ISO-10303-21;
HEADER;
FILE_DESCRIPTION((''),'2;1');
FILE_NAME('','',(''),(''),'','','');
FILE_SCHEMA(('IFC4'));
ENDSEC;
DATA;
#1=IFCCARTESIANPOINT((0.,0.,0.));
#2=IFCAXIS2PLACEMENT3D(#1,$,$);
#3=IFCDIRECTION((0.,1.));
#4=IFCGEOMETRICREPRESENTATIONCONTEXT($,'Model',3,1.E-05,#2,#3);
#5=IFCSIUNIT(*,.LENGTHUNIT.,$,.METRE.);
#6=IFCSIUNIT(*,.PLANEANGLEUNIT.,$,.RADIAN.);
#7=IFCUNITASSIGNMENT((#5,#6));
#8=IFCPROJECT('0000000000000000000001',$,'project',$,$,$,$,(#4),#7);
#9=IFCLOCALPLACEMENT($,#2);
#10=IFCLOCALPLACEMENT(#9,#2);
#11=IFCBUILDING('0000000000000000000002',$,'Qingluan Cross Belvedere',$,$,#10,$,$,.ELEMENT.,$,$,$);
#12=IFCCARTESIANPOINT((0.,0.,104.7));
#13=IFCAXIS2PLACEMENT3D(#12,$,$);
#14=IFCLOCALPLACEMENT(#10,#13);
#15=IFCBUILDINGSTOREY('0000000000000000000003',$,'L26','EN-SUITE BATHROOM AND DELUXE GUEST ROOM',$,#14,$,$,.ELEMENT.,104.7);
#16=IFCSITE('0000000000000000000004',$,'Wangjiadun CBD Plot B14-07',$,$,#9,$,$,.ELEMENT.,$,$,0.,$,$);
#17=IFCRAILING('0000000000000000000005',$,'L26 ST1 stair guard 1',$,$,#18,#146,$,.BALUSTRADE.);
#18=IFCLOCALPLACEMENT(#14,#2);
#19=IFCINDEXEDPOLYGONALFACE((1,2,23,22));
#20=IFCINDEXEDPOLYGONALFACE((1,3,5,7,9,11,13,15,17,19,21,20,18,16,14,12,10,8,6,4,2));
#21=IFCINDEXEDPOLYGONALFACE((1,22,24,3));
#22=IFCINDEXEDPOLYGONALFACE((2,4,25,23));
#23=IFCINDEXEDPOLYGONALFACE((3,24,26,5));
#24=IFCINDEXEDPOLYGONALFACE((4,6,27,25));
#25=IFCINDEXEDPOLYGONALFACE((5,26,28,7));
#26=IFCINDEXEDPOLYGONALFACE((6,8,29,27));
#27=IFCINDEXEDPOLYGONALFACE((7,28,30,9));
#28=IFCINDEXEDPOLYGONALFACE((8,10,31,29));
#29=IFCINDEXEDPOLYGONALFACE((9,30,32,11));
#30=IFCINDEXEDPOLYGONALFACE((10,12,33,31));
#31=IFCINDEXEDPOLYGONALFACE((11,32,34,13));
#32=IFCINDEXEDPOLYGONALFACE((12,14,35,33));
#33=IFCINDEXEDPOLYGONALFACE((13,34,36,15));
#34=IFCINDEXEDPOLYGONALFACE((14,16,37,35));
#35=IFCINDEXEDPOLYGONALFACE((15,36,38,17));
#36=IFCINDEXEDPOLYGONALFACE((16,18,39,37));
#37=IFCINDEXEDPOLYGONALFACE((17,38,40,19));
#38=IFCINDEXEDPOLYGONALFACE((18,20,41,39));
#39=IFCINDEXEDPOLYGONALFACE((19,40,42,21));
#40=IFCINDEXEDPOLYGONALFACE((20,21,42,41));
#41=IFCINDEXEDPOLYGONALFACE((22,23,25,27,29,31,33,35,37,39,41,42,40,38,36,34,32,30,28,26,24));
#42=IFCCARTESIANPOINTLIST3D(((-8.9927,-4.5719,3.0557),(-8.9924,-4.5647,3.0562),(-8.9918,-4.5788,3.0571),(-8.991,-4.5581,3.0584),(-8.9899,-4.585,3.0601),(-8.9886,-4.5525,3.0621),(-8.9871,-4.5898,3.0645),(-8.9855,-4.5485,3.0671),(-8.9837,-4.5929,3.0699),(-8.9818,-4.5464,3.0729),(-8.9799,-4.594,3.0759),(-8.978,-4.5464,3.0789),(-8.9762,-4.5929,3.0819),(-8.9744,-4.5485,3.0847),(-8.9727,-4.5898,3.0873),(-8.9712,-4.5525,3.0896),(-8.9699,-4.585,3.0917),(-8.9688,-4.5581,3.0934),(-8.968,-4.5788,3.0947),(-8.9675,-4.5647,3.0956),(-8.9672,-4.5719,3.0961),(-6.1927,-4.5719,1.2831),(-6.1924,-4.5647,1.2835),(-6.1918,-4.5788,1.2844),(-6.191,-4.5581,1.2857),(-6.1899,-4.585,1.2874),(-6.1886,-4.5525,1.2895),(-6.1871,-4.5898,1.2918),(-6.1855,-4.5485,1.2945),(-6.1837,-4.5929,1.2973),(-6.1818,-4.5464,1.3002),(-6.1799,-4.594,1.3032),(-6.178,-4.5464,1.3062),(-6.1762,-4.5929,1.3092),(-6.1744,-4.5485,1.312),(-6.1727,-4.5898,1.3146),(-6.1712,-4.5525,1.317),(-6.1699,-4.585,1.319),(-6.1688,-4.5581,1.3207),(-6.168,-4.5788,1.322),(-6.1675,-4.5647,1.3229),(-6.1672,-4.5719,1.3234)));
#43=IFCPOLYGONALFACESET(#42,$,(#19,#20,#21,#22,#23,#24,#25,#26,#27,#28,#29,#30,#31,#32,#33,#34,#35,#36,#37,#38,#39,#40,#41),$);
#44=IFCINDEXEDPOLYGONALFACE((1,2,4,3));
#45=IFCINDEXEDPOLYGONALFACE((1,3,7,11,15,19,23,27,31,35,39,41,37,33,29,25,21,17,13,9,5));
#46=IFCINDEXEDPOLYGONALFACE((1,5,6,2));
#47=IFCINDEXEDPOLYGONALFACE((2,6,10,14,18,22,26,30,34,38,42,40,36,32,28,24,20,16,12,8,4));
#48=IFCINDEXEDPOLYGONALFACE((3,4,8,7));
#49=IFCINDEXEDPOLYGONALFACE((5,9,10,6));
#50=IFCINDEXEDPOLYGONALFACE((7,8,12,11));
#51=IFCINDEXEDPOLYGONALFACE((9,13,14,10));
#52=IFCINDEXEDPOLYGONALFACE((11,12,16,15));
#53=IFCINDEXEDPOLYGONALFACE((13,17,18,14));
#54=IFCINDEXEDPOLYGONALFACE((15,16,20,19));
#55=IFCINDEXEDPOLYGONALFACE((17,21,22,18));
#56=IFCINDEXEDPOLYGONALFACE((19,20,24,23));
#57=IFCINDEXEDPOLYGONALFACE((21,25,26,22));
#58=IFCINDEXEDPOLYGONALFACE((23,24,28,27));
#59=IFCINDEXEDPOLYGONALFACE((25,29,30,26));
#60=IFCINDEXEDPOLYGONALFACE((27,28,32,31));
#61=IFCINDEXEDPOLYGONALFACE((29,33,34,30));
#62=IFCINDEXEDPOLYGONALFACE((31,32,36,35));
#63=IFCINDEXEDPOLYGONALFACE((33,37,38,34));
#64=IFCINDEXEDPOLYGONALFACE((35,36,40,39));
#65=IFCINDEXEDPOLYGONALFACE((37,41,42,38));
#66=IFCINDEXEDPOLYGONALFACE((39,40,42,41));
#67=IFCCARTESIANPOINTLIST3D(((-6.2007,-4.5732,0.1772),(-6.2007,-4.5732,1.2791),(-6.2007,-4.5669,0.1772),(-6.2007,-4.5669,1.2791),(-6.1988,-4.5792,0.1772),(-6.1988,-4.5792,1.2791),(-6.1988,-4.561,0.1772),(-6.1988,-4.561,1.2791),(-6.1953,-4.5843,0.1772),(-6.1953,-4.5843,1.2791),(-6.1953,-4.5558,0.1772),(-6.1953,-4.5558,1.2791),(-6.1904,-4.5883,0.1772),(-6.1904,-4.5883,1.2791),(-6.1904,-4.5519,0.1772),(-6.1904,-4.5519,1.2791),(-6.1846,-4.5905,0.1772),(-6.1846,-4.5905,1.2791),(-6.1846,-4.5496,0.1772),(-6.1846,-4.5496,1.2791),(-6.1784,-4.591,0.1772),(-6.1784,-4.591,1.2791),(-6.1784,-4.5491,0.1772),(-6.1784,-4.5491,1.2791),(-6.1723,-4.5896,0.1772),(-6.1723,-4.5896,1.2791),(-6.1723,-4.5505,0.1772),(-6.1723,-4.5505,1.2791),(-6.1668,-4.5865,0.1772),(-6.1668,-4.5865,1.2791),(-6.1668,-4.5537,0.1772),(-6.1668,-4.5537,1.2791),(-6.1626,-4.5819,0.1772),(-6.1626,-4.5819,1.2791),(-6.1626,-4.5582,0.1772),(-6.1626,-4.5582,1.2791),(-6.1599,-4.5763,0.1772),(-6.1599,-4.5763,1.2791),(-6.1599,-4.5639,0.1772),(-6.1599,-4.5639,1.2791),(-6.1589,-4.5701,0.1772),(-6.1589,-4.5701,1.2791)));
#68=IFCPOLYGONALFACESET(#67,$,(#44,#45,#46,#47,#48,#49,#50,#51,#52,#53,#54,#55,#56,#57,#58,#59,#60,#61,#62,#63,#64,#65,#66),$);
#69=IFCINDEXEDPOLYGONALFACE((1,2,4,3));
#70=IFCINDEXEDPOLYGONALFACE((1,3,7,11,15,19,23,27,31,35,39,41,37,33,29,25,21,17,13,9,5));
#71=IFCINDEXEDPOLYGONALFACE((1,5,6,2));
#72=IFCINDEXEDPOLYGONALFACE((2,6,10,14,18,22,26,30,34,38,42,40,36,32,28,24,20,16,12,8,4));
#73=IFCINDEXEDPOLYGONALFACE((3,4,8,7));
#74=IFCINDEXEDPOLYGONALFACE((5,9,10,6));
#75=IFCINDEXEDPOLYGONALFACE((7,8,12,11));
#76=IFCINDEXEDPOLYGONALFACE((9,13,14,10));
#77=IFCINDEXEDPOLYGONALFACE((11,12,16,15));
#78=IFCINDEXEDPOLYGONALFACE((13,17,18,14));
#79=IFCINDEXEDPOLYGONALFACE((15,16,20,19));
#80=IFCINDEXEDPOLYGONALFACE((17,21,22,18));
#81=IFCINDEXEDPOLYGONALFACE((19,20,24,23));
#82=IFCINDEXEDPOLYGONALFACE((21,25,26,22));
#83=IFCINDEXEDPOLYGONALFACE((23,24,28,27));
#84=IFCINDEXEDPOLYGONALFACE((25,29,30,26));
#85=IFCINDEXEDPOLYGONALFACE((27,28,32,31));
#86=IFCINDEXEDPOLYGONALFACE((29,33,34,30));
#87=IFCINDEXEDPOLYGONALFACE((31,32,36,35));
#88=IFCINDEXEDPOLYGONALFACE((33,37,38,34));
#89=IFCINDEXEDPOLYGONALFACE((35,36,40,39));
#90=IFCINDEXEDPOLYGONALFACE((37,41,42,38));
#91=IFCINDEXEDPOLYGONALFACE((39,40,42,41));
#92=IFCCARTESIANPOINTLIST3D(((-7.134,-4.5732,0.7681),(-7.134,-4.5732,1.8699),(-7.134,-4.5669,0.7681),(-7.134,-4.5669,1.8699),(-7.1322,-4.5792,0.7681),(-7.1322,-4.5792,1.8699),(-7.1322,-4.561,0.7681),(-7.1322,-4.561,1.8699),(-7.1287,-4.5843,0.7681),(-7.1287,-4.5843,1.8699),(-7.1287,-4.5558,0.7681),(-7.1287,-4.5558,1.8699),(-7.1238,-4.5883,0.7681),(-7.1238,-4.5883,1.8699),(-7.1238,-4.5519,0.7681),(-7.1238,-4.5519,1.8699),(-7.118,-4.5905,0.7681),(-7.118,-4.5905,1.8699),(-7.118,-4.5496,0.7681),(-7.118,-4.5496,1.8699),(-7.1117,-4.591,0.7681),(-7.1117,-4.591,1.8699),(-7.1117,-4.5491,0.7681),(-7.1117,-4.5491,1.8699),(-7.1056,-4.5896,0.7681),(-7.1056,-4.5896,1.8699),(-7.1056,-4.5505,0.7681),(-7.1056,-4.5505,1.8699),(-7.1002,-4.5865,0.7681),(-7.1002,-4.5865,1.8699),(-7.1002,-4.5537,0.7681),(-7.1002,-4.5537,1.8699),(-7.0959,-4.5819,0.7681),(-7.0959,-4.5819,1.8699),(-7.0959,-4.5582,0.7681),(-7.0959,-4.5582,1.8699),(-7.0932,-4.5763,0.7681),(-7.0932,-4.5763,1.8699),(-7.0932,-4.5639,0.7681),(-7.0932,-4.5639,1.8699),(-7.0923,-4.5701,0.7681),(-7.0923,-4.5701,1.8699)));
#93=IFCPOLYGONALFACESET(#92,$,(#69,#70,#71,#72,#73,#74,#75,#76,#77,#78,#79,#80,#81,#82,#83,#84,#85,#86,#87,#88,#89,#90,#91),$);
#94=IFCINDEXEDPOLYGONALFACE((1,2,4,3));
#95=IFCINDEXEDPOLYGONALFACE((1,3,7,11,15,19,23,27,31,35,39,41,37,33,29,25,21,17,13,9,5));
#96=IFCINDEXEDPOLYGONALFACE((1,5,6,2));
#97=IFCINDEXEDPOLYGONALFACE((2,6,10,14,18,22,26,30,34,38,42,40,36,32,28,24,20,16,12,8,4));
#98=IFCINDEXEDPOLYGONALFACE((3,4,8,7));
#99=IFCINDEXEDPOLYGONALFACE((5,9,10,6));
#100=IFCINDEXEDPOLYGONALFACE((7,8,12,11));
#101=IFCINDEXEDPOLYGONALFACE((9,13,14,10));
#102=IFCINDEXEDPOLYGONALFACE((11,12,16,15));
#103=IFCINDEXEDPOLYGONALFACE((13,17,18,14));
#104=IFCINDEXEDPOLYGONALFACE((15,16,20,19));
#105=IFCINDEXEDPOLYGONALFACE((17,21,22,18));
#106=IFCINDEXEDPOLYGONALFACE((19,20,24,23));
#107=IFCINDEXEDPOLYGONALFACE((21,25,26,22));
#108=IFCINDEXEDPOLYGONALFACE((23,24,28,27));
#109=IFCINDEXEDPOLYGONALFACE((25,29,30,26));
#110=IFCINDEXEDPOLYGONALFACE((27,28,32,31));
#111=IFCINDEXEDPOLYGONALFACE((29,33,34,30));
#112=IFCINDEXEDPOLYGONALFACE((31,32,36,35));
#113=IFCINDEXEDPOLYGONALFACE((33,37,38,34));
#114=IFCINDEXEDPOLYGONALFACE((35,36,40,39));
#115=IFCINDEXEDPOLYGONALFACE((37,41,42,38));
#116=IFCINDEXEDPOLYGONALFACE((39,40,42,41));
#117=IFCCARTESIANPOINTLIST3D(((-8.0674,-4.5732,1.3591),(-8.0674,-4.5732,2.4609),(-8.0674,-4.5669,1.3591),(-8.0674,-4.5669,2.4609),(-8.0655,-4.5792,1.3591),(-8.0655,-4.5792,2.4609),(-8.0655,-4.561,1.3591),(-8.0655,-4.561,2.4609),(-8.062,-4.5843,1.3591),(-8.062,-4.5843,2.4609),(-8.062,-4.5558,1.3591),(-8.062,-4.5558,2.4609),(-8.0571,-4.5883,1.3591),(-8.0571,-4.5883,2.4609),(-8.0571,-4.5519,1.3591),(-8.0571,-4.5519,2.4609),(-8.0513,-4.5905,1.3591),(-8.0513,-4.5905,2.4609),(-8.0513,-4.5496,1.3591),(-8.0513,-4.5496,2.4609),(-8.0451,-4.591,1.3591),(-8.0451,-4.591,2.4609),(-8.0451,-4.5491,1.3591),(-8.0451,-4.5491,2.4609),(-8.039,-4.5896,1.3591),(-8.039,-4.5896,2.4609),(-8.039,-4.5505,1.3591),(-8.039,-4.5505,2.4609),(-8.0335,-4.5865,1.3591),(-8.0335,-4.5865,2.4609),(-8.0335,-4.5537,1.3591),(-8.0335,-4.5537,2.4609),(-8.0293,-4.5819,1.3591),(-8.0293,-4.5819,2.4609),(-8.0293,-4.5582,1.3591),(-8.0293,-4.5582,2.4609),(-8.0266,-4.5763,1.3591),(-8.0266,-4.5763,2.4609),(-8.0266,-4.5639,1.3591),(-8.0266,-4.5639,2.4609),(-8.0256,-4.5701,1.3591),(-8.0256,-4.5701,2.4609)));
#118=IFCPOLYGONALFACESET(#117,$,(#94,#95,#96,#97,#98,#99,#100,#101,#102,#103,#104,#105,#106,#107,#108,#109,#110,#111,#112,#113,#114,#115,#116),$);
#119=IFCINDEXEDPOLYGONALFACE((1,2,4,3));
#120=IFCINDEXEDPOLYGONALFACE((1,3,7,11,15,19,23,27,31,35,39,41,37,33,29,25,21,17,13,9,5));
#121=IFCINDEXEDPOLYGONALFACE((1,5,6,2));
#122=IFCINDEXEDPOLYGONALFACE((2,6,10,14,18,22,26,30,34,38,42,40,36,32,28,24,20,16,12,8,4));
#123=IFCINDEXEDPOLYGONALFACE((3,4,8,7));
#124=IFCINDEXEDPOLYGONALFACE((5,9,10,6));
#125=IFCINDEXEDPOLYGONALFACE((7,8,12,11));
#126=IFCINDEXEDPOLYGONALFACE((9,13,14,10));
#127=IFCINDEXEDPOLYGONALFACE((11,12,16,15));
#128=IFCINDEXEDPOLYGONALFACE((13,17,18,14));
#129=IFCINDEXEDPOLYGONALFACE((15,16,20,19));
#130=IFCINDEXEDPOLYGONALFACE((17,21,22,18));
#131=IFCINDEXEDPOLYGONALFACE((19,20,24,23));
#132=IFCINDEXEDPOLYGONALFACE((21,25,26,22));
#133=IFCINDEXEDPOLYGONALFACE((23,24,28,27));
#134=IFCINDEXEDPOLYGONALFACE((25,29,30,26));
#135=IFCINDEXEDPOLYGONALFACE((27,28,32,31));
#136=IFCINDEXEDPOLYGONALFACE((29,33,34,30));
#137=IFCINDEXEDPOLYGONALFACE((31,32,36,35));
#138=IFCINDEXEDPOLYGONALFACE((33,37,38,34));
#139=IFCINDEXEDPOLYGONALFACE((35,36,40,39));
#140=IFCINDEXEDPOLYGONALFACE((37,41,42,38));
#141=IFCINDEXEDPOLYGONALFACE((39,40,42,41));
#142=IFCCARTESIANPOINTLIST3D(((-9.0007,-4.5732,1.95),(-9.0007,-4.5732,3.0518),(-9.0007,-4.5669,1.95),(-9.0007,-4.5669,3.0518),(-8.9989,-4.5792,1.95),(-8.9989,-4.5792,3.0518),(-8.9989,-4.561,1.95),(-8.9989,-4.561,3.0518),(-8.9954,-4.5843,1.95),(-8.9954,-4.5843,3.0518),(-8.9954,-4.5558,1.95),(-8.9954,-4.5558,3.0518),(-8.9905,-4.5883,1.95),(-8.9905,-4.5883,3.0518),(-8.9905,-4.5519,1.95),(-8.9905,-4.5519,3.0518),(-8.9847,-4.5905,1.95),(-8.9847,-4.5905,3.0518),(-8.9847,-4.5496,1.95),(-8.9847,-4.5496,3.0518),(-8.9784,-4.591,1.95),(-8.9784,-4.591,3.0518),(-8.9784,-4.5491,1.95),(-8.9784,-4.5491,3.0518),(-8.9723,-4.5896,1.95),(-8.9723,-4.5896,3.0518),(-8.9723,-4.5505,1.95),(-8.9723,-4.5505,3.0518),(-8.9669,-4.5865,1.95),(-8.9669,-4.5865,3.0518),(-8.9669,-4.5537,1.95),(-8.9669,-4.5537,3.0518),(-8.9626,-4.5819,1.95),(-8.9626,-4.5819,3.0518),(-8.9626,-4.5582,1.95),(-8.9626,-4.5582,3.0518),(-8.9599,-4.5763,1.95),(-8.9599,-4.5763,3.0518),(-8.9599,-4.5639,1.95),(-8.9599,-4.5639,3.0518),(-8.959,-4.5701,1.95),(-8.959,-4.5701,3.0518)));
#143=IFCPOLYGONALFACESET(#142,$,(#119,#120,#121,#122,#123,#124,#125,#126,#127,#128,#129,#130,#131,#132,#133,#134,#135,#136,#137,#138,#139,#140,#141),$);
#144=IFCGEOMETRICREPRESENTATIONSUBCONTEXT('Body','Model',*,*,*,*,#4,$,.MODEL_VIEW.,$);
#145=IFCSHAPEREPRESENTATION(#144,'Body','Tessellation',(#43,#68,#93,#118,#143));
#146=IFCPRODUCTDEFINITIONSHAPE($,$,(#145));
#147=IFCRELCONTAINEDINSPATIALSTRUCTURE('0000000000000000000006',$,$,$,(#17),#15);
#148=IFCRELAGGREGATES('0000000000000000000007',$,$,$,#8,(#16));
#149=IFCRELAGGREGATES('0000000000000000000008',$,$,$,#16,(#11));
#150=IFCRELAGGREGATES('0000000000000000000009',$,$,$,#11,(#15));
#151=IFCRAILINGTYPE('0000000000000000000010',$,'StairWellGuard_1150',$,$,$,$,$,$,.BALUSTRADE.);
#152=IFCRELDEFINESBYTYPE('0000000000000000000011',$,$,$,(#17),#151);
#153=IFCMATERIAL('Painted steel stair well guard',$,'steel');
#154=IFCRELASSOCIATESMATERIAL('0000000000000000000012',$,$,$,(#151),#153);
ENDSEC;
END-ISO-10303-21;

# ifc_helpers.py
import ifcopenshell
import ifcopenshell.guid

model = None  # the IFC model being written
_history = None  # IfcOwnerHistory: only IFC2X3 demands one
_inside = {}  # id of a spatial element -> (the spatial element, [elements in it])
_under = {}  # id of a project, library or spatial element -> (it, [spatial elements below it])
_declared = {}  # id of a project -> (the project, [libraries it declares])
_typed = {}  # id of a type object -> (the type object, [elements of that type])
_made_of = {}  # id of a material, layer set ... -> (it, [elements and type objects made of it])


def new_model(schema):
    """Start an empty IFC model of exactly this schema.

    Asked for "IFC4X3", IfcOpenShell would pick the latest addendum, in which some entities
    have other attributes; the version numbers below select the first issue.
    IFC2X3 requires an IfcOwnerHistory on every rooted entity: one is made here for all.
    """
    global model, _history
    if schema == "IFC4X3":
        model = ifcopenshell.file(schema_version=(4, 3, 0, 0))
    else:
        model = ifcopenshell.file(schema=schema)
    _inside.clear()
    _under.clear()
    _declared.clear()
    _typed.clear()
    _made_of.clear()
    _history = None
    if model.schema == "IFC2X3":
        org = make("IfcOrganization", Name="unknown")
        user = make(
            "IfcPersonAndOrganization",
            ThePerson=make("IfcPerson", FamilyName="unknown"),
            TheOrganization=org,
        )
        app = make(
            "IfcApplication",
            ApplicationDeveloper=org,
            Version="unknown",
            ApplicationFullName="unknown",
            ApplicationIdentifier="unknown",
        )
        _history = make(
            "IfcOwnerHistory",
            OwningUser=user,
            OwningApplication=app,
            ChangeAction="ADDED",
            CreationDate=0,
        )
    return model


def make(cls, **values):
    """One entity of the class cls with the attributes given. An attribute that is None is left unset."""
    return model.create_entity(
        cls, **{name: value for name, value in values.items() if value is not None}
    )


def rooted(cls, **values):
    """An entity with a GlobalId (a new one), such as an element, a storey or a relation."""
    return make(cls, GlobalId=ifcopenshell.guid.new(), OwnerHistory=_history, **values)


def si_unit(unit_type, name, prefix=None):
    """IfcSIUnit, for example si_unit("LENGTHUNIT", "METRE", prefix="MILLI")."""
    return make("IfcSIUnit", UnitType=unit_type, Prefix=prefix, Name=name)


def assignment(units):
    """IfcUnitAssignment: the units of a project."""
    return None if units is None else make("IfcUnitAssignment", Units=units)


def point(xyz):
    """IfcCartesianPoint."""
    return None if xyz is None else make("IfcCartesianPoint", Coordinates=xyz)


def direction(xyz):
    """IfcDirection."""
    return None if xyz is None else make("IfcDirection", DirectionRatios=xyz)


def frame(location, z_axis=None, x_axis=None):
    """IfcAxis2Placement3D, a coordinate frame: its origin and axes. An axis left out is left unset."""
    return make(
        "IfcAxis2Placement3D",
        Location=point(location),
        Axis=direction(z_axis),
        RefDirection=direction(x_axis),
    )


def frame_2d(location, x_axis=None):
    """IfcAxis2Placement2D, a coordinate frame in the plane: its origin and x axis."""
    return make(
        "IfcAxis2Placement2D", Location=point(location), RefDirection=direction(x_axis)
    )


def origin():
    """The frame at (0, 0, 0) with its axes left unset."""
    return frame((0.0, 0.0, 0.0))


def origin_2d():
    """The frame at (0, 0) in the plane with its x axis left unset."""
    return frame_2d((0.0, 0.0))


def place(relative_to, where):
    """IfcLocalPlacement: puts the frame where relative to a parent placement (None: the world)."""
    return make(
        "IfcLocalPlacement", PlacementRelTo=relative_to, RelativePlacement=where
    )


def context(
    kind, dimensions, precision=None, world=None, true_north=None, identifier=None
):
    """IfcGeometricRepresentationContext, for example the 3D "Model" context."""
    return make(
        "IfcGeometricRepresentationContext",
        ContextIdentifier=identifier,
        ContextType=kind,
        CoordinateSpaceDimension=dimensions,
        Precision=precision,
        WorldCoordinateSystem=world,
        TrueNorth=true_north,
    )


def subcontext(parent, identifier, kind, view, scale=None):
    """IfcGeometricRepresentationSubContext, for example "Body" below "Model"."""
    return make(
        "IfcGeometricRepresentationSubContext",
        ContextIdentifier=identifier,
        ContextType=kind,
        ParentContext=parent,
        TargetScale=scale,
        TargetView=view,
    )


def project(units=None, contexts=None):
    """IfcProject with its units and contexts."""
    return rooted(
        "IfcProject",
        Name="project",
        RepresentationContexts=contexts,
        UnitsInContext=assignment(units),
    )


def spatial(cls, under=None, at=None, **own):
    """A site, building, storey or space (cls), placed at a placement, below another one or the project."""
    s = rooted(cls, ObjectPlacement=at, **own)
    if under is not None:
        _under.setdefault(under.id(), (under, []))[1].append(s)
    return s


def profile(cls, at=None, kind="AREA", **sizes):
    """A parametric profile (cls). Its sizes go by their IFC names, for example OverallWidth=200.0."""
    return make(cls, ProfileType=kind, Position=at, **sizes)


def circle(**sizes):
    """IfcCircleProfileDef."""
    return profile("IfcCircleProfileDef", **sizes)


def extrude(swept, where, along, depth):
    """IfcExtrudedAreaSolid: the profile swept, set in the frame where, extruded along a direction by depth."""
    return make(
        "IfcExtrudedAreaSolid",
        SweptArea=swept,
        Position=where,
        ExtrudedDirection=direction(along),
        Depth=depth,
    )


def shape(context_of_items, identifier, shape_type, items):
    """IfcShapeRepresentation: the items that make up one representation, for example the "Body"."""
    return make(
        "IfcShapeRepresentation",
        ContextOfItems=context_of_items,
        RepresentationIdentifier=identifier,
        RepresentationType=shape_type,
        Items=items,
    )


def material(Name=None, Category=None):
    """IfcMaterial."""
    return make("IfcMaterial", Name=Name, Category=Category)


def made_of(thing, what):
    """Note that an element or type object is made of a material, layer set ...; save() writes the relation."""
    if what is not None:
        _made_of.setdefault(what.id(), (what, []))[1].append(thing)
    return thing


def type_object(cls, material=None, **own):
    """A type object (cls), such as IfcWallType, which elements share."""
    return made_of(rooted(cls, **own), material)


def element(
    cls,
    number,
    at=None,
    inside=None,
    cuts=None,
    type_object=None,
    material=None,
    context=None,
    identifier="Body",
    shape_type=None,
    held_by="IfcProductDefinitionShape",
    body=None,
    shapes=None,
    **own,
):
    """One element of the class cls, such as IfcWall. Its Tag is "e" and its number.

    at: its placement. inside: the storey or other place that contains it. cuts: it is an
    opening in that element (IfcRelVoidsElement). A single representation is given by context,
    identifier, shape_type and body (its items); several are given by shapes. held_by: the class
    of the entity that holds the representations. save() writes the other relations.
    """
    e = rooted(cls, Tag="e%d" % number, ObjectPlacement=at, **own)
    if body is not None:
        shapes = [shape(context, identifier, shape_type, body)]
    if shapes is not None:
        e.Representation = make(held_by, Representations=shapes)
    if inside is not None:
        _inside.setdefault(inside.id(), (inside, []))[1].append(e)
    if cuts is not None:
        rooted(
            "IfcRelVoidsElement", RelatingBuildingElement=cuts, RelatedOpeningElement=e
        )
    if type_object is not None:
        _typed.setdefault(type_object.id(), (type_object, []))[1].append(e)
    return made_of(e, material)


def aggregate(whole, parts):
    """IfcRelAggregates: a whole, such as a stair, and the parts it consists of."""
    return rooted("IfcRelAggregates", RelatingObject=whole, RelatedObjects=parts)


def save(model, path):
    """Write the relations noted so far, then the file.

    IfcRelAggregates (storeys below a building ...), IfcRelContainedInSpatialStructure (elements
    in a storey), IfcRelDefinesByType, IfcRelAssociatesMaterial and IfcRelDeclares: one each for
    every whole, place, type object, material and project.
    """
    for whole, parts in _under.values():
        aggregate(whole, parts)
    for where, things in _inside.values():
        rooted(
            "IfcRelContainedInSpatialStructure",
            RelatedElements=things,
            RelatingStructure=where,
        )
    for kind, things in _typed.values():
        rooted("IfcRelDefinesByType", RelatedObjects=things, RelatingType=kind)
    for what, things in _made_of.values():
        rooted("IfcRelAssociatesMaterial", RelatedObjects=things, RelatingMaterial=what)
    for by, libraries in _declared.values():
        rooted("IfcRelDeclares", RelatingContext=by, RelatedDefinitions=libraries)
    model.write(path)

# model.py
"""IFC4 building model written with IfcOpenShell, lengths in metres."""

from ifc_helpers import new_model, si_unit, direction, frame, origin, origin_2d, place, context, subcontext, project, spatial, circle, extrude, material, type_object, element, save


model = new_model("IFC4")

# Units and contexts
model_context = context("Model", 3, precision=1e-05, world=origin(), true_north=direction((0.0, 1.0)))
body_context = subcontext(model_context, "Body", "Model", "MODEL_VIEW")
ifc_project = project(units=[si_unit("LENGTHUNIT", "METRE"), si_unit("PLANEANGLEUNIT", "RADIAN")], contexts=[model_context])

# Site, building, storey
site_placement = place(None, origin())
site = spatial("IfcSite", under=ifc_project, at=site_placement, Name="Wangjiadun CBD Plot B14-07", CompositionType="ELEMENT", RefElevation=0.0)
building_placement = place(site_placement, origin())
building = spatial("IfcBuilding", under=site, at=building_placement, Name="Qingluan Cross Belvedere", CompositionType="ELEMENT")
storey_placement = place(building_placement, frame((0.0, 0.0, 104.7)))
storey = spatial("IfcBuildingStorey", under=building, at=storey_placement, Name="L26", Description="EN-SUITE BATHROOM AND DELUXE GUEST ROOM", CompositionType="ELEMENT", Elevation=104.7)

# Railing
ifc_material_1 = material(Name="Painted steel stair well guard", Category="steel")
railing_type_1 = type_object("IfcRailingType", Name="StairWellGuard_1150", PredefinedType="BALUSTRADE", material=ifc_material_1)
railing_1_placement = place(storey_placement, frame((-6.1799, -4.5701, 0.1772)))
element("IfcRailing", 1, at=railing_1_placement, inside=storey, type_object=railing_type_1, Name="L26 ST1 stair guard 1", PredefinedType="BALUSTRADE", context=body_context, shape_type="SweptSolid", body=[
    extrude(circle(Radius=0.0239, at=origin_2d()), frame((0.0, 0.0, 1.126), z_axis=(-0.844909, 0.0, 0.53491), x_axis=(0.0, -1.0, 0.0)), (0.0, 0.0, 1.0), 3.314),
    extrude(circle(Radius=0.021, at=origin_2d()), origin(), (0.0, 0.0, 1.0), 1.1018),
    extrude(circle(Radius=0.021, at=origin_2d()), frame((-0.9333, 0.0, 0.5908)), (0.0, 0.0, 1.0), 1.1018),
    extrude(circle(Radius=0.021, at=origin_2d()), frame((-1.8667, 0.0, 1.1819)), (0.0, 0.0, 1.0), 1.1018),
    extrude(circle(Radius=0.021, at=origin_2d()), frame((-2.8, 0.0, 1.7727)), (0.0, 0.0, 1.0), 1.1018),
])

save(model, "model.ifc")
